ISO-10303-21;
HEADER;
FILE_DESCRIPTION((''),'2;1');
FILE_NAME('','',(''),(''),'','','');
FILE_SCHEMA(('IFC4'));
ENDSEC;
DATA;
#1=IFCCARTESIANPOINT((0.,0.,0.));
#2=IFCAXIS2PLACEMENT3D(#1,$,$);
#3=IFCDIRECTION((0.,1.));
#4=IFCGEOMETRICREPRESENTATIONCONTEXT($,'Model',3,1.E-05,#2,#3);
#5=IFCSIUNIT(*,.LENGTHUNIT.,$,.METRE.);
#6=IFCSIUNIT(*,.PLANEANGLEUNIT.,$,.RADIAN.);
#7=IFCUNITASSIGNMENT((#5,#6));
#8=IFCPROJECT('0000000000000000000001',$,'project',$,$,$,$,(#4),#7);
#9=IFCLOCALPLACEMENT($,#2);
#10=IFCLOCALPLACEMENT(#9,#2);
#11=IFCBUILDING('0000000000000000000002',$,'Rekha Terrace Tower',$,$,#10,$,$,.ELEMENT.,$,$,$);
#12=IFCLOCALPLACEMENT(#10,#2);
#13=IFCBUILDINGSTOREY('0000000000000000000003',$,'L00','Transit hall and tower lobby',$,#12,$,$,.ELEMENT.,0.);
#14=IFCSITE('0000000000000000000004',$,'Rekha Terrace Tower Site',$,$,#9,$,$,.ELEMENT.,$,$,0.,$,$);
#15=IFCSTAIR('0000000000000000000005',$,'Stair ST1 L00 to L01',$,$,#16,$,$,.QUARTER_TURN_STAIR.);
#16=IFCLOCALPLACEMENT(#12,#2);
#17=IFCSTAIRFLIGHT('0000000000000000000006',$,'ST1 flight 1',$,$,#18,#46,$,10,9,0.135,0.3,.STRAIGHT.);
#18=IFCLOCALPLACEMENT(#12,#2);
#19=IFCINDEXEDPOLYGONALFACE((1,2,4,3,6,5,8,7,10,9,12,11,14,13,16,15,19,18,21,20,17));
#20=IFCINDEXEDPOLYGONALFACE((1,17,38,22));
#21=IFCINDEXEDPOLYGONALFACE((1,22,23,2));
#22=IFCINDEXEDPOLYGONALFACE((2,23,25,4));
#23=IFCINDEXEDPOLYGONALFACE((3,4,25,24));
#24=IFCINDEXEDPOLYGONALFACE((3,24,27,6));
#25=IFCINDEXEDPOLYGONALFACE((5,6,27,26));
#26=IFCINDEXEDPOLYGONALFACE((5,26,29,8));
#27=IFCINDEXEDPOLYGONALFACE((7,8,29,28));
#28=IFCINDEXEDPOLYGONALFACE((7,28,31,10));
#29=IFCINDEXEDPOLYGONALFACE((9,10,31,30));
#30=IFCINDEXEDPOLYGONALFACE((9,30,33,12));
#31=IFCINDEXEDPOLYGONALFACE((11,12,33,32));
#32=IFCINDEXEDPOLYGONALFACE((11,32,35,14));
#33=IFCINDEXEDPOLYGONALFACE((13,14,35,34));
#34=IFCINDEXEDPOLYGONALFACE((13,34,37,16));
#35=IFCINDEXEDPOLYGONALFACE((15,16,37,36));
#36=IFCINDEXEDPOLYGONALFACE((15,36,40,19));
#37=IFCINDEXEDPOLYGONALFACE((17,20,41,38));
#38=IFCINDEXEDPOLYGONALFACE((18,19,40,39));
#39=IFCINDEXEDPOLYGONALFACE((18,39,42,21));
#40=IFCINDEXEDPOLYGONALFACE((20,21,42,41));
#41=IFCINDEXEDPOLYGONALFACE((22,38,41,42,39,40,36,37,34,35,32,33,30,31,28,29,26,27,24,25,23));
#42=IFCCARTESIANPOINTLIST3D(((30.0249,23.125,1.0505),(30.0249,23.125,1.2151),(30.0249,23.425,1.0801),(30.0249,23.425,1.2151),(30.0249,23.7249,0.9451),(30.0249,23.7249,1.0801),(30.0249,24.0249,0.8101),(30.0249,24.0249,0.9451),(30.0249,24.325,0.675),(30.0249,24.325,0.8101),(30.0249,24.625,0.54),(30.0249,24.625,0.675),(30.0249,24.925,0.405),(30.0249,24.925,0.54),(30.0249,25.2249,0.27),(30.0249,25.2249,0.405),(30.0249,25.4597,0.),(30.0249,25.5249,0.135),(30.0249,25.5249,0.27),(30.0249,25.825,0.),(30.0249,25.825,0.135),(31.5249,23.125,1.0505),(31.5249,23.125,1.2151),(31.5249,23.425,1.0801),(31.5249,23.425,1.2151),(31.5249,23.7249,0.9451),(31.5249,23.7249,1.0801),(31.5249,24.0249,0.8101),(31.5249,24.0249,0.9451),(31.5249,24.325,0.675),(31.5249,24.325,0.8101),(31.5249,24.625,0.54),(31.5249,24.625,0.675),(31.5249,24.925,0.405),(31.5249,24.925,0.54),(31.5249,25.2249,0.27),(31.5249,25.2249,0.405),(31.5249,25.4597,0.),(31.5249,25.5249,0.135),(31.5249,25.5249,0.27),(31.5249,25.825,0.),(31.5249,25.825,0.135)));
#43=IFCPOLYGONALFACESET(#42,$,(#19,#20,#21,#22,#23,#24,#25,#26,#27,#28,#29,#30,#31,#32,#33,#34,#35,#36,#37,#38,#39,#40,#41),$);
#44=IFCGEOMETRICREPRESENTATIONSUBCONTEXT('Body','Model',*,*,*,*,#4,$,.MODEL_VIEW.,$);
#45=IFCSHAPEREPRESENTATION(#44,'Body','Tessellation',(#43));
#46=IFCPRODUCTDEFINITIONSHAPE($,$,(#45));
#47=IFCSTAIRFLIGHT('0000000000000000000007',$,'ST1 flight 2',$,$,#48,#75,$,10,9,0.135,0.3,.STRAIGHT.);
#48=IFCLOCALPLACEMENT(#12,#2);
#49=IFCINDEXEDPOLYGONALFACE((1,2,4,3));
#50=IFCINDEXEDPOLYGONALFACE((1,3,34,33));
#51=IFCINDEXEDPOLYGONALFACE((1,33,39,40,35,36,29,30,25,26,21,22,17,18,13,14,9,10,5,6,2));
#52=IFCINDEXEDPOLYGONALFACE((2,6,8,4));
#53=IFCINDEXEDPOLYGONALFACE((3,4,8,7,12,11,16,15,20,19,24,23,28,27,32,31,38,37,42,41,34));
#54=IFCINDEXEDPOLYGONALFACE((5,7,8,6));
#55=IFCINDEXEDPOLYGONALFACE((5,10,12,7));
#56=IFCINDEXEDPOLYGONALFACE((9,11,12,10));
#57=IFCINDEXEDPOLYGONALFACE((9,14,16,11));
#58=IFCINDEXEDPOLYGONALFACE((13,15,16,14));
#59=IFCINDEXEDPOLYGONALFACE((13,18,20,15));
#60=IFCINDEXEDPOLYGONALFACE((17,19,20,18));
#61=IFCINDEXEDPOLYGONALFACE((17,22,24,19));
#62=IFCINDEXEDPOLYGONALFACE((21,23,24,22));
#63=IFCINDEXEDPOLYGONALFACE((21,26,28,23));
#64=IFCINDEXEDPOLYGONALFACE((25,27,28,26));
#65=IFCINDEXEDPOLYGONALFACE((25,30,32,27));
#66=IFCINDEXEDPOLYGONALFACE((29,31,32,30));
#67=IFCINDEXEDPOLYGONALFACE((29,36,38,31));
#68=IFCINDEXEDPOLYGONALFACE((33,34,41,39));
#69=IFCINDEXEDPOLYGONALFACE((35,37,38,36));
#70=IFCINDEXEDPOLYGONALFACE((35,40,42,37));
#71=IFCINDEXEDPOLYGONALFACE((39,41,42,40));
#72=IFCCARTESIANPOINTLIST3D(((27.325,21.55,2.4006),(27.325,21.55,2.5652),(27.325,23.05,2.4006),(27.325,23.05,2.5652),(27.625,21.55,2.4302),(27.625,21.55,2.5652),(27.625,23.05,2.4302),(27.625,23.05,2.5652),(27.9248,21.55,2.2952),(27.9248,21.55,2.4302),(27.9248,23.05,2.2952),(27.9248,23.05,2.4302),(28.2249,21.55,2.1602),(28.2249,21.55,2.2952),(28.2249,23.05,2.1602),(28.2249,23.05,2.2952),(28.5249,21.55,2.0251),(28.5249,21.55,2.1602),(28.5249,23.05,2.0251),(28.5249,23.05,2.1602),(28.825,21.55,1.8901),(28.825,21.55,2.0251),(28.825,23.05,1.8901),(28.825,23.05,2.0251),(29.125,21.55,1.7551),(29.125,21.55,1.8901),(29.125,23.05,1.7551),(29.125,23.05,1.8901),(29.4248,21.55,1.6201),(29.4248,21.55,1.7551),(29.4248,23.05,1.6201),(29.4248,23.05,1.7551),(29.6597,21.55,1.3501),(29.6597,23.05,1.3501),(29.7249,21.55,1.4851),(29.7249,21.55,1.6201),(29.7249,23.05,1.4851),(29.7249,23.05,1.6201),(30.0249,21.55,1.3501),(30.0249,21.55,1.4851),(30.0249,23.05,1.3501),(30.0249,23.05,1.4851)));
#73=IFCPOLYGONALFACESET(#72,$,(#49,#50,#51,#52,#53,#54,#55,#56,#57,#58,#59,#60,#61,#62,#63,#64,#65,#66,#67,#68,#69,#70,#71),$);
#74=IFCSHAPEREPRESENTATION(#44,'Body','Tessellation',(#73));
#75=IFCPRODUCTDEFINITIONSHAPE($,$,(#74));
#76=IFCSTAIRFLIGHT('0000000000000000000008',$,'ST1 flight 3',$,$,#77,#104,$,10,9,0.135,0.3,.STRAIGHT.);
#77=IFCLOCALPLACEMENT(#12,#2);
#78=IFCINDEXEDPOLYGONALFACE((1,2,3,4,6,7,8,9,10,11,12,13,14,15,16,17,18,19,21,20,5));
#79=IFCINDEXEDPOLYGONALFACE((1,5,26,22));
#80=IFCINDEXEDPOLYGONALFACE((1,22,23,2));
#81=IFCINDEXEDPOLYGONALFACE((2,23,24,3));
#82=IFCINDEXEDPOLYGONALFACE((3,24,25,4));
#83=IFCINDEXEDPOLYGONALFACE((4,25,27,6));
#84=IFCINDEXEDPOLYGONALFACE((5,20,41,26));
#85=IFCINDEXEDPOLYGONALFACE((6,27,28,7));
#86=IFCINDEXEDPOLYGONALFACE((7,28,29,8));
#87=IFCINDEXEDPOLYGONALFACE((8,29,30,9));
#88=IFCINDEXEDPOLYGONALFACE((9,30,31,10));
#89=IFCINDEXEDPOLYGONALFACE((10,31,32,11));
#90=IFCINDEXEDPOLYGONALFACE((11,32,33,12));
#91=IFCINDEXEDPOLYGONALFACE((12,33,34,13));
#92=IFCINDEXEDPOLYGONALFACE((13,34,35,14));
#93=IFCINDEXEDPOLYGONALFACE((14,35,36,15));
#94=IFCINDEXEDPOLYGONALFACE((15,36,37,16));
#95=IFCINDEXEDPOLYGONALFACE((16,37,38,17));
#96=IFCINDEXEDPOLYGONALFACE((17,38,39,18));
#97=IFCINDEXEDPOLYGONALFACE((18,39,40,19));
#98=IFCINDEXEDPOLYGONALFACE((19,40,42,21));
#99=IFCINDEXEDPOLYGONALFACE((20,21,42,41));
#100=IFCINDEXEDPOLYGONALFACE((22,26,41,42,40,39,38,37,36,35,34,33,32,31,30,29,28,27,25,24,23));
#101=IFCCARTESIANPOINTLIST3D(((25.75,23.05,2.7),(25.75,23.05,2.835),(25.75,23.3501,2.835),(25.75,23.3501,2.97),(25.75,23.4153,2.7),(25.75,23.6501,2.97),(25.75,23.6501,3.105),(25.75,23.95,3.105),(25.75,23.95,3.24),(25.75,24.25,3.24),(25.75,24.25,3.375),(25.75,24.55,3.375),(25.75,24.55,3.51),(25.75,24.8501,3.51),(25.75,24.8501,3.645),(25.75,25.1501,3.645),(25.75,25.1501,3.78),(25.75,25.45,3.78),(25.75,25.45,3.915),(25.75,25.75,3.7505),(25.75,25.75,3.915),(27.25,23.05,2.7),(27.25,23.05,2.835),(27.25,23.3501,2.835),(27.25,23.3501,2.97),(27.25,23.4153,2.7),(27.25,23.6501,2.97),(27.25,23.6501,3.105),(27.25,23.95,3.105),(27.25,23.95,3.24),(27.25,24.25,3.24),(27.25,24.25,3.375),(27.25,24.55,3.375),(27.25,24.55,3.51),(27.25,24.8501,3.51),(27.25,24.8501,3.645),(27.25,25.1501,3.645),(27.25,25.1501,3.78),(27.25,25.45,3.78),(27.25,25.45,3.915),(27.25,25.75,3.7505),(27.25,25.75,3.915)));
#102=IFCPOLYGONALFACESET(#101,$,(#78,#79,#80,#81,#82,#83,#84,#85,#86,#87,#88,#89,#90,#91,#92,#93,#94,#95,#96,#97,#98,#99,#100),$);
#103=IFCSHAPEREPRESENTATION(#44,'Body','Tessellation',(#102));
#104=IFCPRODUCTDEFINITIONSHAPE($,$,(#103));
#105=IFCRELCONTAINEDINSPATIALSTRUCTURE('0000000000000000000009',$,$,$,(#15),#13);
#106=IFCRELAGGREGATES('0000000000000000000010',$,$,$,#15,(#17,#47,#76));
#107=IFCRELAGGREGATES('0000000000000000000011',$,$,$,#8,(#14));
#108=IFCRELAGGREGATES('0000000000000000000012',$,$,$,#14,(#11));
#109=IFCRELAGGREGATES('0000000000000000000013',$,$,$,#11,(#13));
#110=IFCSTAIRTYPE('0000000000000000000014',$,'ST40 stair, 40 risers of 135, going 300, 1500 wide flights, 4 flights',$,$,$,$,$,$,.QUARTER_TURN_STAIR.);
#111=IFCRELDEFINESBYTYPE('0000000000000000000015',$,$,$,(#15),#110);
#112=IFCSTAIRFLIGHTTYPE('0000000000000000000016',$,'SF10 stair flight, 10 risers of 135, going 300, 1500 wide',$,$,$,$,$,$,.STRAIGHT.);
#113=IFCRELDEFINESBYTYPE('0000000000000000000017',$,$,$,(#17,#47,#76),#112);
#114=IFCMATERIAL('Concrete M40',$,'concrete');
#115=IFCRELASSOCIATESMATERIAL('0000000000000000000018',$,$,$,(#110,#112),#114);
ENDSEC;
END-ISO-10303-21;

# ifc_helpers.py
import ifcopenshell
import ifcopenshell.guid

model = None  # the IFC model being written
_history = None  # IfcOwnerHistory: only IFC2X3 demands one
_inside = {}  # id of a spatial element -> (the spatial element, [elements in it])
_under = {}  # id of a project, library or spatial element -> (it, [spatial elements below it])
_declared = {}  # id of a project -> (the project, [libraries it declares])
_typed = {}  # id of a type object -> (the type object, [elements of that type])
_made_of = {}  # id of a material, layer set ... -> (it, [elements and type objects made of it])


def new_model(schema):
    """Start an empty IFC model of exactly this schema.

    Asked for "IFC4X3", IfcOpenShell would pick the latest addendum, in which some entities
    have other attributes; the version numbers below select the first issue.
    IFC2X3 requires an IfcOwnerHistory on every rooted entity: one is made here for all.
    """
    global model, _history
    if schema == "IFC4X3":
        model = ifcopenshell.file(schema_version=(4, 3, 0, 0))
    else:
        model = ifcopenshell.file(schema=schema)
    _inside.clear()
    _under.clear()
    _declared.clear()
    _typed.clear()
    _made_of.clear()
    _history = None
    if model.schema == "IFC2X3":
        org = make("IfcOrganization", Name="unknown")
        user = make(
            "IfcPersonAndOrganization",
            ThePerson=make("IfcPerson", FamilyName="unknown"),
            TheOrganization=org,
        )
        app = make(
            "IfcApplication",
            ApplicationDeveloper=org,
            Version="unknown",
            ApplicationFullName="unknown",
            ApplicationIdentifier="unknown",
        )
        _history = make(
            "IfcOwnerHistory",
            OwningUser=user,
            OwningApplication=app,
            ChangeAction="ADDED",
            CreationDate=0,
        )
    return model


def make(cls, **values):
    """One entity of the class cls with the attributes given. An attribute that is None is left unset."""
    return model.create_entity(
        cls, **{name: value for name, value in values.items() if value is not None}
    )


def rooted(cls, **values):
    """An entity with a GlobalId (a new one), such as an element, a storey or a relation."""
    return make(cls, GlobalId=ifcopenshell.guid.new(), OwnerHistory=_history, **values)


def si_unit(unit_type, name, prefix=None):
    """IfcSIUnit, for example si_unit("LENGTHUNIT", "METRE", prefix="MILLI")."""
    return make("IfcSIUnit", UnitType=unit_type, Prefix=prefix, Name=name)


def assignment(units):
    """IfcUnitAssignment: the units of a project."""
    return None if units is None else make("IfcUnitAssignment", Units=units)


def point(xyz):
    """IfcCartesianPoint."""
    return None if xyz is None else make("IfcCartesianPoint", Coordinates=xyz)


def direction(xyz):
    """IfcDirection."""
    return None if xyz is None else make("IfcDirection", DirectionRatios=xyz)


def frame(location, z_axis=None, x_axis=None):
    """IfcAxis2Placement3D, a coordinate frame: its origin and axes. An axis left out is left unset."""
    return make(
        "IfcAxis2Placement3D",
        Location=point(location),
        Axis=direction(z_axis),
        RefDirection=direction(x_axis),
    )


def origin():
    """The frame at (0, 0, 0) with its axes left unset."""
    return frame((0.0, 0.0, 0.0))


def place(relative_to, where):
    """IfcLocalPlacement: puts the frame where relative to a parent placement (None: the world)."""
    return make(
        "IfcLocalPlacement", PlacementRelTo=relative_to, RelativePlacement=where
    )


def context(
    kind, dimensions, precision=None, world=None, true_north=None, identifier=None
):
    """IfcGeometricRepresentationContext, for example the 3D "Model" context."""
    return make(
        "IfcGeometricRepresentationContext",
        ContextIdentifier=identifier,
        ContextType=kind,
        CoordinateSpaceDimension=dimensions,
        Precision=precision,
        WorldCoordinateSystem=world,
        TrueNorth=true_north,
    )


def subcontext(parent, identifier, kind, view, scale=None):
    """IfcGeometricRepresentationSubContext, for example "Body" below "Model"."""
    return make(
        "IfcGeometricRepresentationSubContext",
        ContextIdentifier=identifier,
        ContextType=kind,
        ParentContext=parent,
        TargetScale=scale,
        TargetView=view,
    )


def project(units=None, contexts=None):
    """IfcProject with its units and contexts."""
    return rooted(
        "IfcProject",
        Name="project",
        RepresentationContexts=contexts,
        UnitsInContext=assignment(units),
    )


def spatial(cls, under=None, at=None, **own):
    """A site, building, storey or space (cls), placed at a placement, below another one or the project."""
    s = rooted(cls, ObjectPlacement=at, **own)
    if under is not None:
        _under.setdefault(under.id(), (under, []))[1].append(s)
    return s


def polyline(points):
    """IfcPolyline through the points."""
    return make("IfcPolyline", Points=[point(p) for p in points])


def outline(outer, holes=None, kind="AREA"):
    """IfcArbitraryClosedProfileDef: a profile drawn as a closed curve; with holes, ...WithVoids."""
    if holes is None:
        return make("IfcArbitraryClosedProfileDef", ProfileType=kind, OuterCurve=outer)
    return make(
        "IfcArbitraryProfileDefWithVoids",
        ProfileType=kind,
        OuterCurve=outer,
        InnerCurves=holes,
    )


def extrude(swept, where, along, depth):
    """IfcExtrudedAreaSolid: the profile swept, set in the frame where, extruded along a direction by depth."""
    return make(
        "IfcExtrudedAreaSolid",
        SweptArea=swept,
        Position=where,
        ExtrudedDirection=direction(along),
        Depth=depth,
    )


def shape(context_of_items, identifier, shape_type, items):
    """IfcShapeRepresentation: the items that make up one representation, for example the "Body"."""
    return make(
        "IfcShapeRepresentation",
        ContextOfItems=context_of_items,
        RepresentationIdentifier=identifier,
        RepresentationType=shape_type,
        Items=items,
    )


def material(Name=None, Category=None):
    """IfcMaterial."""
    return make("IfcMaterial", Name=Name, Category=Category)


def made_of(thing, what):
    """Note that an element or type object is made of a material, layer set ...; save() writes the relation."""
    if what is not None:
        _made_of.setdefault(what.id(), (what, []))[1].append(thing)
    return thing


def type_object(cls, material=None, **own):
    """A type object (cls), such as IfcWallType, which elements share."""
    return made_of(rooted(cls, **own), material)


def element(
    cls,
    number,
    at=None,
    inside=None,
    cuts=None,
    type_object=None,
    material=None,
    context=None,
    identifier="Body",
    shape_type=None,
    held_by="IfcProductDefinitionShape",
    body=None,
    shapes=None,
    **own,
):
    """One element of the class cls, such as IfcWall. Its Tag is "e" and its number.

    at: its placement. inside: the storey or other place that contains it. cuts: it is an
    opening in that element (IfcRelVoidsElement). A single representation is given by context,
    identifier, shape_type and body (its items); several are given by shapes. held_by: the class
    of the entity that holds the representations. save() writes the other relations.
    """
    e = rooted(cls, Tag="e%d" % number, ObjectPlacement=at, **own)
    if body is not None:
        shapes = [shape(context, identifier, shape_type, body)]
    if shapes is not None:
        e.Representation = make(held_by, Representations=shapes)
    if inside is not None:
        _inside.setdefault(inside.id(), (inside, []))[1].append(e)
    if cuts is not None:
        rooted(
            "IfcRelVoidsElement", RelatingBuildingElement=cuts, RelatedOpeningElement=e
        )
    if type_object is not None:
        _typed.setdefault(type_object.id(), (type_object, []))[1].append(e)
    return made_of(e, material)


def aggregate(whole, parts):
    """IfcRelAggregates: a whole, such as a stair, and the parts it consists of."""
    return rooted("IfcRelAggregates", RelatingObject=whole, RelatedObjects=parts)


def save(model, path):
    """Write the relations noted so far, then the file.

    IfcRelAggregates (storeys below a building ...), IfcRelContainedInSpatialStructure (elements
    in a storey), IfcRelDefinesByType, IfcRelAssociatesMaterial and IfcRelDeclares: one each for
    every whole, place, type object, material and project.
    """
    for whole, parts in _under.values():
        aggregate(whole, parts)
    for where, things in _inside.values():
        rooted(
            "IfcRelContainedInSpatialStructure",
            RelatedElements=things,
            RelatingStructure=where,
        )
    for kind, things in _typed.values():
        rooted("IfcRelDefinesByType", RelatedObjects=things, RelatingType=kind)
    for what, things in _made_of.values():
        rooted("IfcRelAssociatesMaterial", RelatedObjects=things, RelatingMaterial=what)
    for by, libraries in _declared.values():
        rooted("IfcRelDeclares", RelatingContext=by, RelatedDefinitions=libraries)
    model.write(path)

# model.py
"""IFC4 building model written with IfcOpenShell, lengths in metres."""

from ifc_helpers import new_model, si_unit, direction, frame, origin, place, context, subcontext, project, spatial, polyline, outline, extrude, material, type_object, element, aggregate, save


model = new_model("IFC4")

# Units and contexts
model_context = context("Model", 3, precision=1e-05, world=origin(), true_north=direction((0.0, 1.0)))
body_context = subcontext(model_context, "Body", "Model", "MODEL_VIEW")
ifc_project = project(units=[si_unit("LENGTHUNIT", "METRE"), si_unit("PLANEANGLEUNIT", "RADIAN")], contexts=[model_context])

# Site, building, storey
site_placement = place(None, origin())
site = spatial("IfcSite", under=ifc_project, at=site_placement, Name="Rekha Terrace Tower Site", CompositionType="ELEMENT", RefElevation=0.0)
building_placement = place(site_placement, origin())
building = spatial("IfcBuilding", under=site, at=building_placement, Name="Rekha Terrace Tower", CompositionType="ELEMENT")
storey_placement = place(building_placement, origin())
storey = spatial("IfcBuildingStorey", under=building, at=storey_placement, Name="L00", Description="Transit hall and tower lobby", CompositionType="ELEMENT", Elevation=0.0)

# Stair, stair flights
ifc_material_1 = material(Name="Concrete M40", Category="concrete")
stair_type = type_object("IfcStairType", Name="ST40 stair, 40 risers of 135, going 300, 1500 wide flights, 4 flights", PredefinedType="QUARTER_TURN_STAIR", material=ifc_material_1)
stair_placement = place(storey_placement, origin())
stair = element("IfcStair", 1, at=stair_placement, inside=storey, type_object=stair_type, Name="Stair ST1 L00 to L01", PredefinedType="QUARTER_TURN_STAIR")
stair_flight_type = type_object("IfcStairFlightType", Name="SF10 stair flight, 10 risers of 135, going 300, 1500 wide", PredefinedType="STRAIGHT", material=ifc_material_1)
stair_flight_1_placement = place(storey_placement, frame((30.7749, 25.825, 0.0), z_axis=(0.0, 0.0, 1.0), x_axis=(0.0, -1.0, 0.0)))
stair_flight_1 = element("IfcStairFlight", 2, at=stair_flight_1_placement, type_object=stair_flight_type, Name="ST1 flight 1", NumberOfRisers=10, NumberOfTreads=9, PredefinedType="STRAIGHT", RiserHeight=0.135, TreadLength=0.3, context=body_context, shape_type="SweptSolid", body=[
    extrude(outline(polyline([(0.0, 0.0), (0.0, 0.135), (0.3, 0.135), (0.3, 0.27), (0.6001, 0.27), (0.6001, 0.405), (0.8999, 0.405), (0.8999, 0.54), (1.2, 0.54), (1.2, 0.675), (1.5, 0.675), (1.5, 0.8101), (1.8, 0.8101), (1.8, 0.9451), (2.1001, 0.9451), (2.1001, 1.0801), (2.3999, 1.0801), (2.3999, 1.2151), (2.7, 1.2151), (2.7, 1.3501), (2.7, 1.0505), (0.3652, 0.0), (0.0, 0.0)])), frame((0.0, 0.75, 0.0), z_axis=(0.0, -1.0, 0.0), x_axis=(1.0, 0.0, 0.0)), (0.0, 0.0, 1.0), 1.5),
])
stair_flight_2_placement = place(storey_placement, frame((30.0249, 22.3, 1.3501), z_axis=(0.0, 0.0, 1.0), x_axis=(-1.0, 0.0, 0.0)))
stair_flight_2 = element("IfcStairFlight", 3, at=stair_flight_2_placement, type_object=stair_flight_type, Name="ST1 flight 2", NumberOfRisers=10, NumberOfTreads=9, PredefinedType="STRAIGHT", RiserHeight=0.135, TreadLength=0.3, context=body_context, shape_type="SweptSolid", body=[
    extrude(outline(polyline([(0.0, 0.0), (0.0, 0.135), (0.3, 0.135), (0.3, 0.27), (0.6001, 0.27), (0.6001, 0.405), (0.8999, 0.405), (0.8999, 0.54), (1.2, 0.54), (1.2, 0.675), (1.5, 0.675), (1.5, 0.8101), (1.8, 0.8101), (1.8, 0.9451), (2.1001, 0.9451), (2.1001, 1.0801), (2.3999, 1.0801), (2.3999, 1.2151), (2.7, 1.2151), (2.7, 1.3501), (2.7, 1.0505), (0.3652, 0.0), (0.0, 0.0)])), frame((0.0, 0.75, 0.0), z_axis=(0.0, -1.0, 0.0), x_axis=(1.0, 0.0, 0.0)), (0.0, 0.0, 1.0), 1.5),
])
stair_flight_3_placement = place(storey_placement, frame((26.5, 23.05, 2.7), z_axis=(0.0, 0.0, 1.0), x_axis=(0.0, 1.0, 0.0)))
stair_flight_3 = element("IfcStairFlight", 4, at=stair_flight_3_placement, type_object=stair_flight_type, Name="ST1 flight 3", NumberOfRisers=10, NumberOfTreads=9, PredefinedType="STRAIGHT", RiserHeight=0.135, TreadLength=0.3, context=body_context, shape_type="SweptSolid", body=[
    extrude(outline(polyline([(0.0, 0.0), (0.0, 0.135), (0.3, 0.135), (0.3, 0.27), (0.6001, 0.27), (0.6001, 0.405), (0.8999, 0.405), (0.8999, 0.54), (1.2, 0.54), (1.2, 0.675), (1.5, 0.675), (1.5, 0.8101), (1.8, 0.8101), (1.8, 0.9451), (2.1001, 0.9451), (2.1001, 1.0801), (2.3999, 1.0801), (2.3999, 1.2151), (2.7, 1.2151), (2.7, 1.3501), (2.7, 1.0505), (0.3652, 0.0), (0.0, 0.0)])), frame((0.0, 0.75, 0.0), z_axis=(0.0, -1.0, 0.0), x_axis=(1.0, 0.0, 0.0)), (0.0, 0.0, 1.0), 1.5),
])
aggregate(stair, [stair_flight_1, stair_flight_2, stair_flight_3])

save(model, "model.ifc")
